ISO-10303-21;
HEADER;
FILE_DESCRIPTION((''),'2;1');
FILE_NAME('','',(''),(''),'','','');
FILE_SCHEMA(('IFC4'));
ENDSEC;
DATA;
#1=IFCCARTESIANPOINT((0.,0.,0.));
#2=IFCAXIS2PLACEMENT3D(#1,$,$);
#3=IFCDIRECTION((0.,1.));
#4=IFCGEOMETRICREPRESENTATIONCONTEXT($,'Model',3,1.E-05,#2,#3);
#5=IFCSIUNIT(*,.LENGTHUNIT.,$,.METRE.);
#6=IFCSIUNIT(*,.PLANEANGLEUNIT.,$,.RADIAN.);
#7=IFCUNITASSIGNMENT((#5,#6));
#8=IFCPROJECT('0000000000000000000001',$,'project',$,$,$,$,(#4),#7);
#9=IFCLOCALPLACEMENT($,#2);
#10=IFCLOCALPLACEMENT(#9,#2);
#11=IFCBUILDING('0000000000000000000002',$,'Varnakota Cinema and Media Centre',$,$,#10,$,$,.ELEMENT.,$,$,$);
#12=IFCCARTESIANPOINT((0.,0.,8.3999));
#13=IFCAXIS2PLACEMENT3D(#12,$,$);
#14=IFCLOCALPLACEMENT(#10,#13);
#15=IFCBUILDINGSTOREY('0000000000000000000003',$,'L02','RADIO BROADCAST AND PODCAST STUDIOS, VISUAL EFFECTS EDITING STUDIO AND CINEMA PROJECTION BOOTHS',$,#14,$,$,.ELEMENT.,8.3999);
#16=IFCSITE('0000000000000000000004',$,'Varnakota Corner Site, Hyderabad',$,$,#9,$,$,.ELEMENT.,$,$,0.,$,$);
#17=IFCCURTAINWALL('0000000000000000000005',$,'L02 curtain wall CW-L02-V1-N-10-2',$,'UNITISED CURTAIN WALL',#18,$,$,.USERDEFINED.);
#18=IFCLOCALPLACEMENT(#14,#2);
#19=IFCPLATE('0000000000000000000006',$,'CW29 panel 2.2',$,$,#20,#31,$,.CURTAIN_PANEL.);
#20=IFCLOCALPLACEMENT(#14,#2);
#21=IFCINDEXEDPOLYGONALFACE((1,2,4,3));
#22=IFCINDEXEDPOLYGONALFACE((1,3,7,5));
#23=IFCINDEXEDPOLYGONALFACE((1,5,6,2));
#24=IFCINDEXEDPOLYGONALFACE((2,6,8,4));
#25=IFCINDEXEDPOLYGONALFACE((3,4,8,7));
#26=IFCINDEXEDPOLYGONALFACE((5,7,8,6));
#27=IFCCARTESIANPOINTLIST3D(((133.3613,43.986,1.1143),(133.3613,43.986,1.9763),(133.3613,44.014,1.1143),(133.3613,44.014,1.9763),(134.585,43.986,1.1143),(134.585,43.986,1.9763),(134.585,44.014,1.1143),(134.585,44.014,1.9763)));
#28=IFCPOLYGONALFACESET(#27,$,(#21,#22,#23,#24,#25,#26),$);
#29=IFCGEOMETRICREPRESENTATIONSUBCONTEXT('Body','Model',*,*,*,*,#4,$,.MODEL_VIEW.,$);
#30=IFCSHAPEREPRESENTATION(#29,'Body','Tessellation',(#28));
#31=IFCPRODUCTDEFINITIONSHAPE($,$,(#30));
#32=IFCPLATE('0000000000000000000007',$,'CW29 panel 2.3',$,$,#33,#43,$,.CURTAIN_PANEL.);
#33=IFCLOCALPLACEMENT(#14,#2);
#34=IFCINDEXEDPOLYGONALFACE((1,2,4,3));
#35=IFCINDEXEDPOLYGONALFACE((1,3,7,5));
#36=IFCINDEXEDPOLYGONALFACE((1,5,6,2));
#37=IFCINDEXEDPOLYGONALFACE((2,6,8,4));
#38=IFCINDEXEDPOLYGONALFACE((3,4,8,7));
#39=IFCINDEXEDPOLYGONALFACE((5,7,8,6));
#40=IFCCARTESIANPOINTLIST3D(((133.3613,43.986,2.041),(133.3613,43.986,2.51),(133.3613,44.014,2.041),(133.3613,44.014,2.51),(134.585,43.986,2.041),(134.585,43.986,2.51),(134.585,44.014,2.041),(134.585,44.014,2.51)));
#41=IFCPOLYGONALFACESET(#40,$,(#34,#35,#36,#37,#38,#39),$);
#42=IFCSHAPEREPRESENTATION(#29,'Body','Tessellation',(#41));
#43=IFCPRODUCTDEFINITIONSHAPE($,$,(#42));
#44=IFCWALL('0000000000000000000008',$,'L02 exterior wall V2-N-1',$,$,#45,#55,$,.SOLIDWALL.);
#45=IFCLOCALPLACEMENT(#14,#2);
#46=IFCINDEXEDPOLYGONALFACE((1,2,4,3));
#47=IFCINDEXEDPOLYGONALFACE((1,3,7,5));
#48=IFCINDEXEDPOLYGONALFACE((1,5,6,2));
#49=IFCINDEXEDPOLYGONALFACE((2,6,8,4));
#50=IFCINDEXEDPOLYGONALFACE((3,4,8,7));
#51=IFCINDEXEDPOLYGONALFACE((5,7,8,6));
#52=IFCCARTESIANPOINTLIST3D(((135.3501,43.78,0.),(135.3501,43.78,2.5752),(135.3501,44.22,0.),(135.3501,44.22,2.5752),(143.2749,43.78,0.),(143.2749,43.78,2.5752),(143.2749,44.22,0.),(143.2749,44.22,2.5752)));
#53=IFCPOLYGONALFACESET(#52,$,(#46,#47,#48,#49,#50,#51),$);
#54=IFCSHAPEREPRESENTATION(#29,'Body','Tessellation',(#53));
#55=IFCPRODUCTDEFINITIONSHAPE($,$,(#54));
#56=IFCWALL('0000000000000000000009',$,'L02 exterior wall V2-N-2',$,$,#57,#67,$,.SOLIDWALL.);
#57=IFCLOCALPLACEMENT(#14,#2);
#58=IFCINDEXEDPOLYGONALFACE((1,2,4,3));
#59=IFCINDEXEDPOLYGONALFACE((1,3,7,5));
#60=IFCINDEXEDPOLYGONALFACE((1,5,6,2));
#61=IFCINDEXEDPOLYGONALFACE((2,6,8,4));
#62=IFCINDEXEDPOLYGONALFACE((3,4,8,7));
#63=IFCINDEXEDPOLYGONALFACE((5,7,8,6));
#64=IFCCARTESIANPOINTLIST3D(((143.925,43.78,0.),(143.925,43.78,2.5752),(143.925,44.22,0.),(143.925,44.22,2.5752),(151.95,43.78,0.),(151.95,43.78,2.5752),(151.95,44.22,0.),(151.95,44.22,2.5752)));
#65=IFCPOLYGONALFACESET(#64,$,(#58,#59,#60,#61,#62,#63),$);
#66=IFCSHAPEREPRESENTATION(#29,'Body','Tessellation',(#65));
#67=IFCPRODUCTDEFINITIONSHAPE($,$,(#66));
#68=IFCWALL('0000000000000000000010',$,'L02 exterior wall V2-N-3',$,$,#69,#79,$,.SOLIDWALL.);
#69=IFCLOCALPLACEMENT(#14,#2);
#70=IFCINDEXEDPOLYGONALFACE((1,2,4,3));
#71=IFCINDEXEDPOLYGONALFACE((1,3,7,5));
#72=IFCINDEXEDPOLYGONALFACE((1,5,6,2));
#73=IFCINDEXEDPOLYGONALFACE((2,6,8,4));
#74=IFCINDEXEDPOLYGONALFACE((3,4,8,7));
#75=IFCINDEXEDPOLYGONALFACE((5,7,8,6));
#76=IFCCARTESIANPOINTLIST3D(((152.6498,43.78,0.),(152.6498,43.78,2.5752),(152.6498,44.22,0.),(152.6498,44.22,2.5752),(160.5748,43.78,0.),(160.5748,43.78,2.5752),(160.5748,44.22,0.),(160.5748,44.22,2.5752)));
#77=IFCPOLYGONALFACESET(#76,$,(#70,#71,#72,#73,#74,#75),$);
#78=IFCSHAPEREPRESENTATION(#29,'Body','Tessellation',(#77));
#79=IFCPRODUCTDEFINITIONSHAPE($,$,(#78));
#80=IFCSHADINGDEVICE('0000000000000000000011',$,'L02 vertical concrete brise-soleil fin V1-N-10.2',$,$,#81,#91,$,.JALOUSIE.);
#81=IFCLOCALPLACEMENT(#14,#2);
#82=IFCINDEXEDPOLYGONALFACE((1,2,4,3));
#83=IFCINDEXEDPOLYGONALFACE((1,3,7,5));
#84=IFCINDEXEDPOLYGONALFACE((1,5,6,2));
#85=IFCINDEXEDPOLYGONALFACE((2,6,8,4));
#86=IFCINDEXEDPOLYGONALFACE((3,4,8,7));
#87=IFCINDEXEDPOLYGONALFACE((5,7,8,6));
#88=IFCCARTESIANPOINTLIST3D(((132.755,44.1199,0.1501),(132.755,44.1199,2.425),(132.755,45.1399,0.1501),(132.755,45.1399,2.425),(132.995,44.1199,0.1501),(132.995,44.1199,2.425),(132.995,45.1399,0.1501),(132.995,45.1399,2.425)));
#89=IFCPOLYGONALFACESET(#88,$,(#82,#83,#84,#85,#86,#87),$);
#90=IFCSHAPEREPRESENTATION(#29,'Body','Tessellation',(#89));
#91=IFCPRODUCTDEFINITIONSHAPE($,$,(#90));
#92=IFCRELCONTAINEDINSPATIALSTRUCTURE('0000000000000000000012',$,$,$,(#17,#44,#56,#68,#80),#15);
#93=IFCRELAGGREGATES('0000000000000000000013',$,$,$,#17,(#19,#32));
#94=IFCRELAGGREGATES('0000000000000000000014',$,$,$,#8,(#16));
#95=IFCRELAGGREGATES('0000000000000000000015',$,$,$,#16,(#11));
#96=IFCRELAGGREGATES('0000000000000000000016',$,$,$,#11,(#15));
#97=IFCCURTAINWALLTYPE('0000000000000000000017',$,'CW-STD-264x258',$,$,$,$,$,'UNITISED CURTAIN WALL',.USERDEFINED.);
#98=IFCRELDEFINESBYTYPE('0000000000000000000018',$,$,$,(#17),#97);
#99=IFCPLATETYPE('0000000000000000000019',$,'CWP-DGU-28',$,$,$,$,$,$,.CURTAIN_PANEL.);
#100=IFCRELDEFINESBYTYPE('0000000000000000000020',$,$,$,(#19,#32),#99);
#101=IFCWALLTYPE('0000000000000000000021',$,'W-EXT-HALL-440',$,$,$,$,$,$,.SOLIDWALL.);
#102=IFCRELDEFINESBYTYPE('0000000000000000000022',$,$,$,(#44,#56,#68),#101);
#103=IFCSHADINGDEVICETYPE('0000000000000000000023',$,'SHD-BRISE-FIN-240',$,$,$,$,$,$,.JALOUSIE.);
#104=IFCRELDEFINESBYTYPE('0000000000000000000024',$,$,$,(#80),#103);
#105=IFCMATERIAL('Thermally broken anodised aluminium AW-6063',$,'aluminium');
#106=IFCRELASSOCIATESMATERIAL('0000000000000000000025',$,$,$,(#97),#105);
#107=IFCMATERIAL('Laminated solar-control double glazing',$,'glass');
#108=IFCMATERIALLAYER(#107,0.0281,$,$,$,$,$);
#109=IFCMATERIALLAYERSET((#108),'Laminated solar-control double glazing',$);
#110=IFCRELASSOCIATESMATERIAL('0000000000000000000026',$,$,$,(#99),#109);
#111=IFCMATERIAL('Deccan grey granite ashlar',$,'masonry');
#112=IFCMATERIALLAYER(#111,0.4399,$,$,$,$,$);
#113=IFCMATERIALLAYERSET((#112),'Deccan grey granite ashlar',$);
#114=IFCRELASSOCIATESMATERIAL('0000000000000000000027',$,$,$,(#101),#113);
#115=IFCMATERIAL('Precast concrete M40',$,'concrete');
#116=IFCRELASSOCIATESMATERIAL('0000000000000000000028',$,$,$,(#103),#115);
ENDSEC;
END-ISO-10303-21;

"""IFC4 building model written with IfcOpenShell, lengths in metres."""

from ifc_helpers import new_model, si_unit, direction, frame, frame_2d, origin, origin_2d, place, context, subcontext, project, spatial, rectangle, extrude, material, layer, layer_set, type_object, element, aggregate, save


model = new_model("IFC4")

# Units and contexts
model_context = context("Model", 3, precision=1e-05, world=origin(), true_north=direction((0.0, 1.0)))
body_context = subcontext(model_context, "Body", "Model", "MODEL_VIEW")
ifc_project = project(units=[si_unit("LENGTHUNIT", "METRE"), si_unit("PLANEANGLEUNIT", "RADIAN")], contexts=[model_context])

# Site, building, storey
site_placement = place(None, origin())
site = spatial("IfcSite", under=ifc_project, at=site_placement, Name="Varnakota Corner Site, Hyderabad", CompositionType="ELEMENT", RefElevation=0.0)
building_placement = place(site_placement, origin())
building = spatial("IfcBuilding", under=site, at=building_placement, Name="Varnakota Cinema and Media Centre", CompositionType="ELEMENT")
storey_placement = place(building_placement, frame((0.0, 0.0, 8.3999)))
storey = spatial("IfcBuildingStorey", under=building, at=storey_placement, Name="L02", Description="RADIO BROADCAST AND PODCAST STUDIOS, VISUAL EFFECTS EDITING STUDIO AND CINEMA PROJECTION BOOTHS", CompositionType="ELEMENT", Elevation=8.3999)

# Curtain wall, plates
ifc_material_1 = material(Name="Thermally broken anodised aluminium AW-6063", Category="aluminium")
curtain_wall_type = type_object("IfcCurtainWallType", Name="CW-STD-264x258", ElementType="UNITISED CURTAIN WALL", PredefinedType="USERDEFINED", material=ifc_material_1)
curtain_wall_placement = place(storey_placement, origin())
curtain_wall = element("IfcCurtainWall", 1, at=curtain_wall_placement, inside=storey, type_object=curtain_wall_type, Name="L02 curtain wall CW-L02-V1-N-10-2", ObjectType="UNITISED CURTAIN WALL", PredefinedType="USERDEFINED")
ifc_material_2 = material(Name="Laminated solar-control double glazing", Category="glass")
ifc_layer_1 = layer(ifc_material_2, 0.0281)
ifc_layer_set_1 = layer_set([ifc_layer_1], Name="Laminated solar-control double glazing")
plate_type = type_object("IfcPlateType", Name="CWP-DGU-28", PredefinedType="CURTAIN_PANEL", material=ifc_layer_set_1)
plate_1_placement = place(storey_placement, frame((133.9731, 44.0, 1.1143), z_axis=(0.0, 0.0, 1.0), x_axis=(1.0, 0.0, 0.0)))
plate_1 = element("IfcPlate", 2, at=plate_1_placement, type_object=plate_type, Name="CW29 panel 2.2", PredefinedType="CURTAIN_PANEL", context=body_context, shape_type="SweptSolid", body=[
    extrude(rectangle(XDim=1.2236, YDim=0.0281, at=origin_2d()), origin(), (0.0, 0.0, 1.0), 0.8621),
])
plate_2_placement = place(storey_placement, frame((133.9731, 44.0, 2.041), z_axis=(0.0, 0.0, 1.0), x_axis=(1.0, 0.0, 0.0)))
plate_2 = element("IfcPlate", 3, at=plate_2_placement, type_object=plate_type, Name="CW29 panel 2.3", PredefinedType="CURTAIN_PANEL", context=body_context, shape_type="SweptSolid", body=[
    extrude(rectangle(XDim=1.2236, YDim=0.0281, at=origin_2d()), origin(), (0.0, 0.0, 1.0), 0.469),
])
aggregate(curtain_wall, [plate_1, plate_2])

# Walls
ifc_material_3 = material(Name="Deccan grey granite ashlar", Category="masonry")
ifc_layer_2 = layer(ifc_material_3, 0.4399)
ifc_layer_set_2 = layer_set([ifc_layer_2], Name="Deccan grey granite ashlar")
wall_type = type_object("IfcWallType", Name="W-EXT-HALL-440", PredefinedType="SOLIDWALL", material=ifc_layer_set_2)
wall_1_placement = place(storey_placement, frame((135.3501, 44.0, 0.0), z_axis=(0.0, 0.0, 1.0), x_axis=(1.0, 0.0, 0.0)))
element("IfcWall", 4, at=wall_1_placement, inside=storey, type_object=wall_type, Name="L02 exterior wall V2-N-1", PredefinedType="SOLIDWALL", context=body_context, shape_type="SweptSolid", body=[
    extrude(rectangle(XDim=7.9248, YDim=0.4399, at=frame_2d((3.9624, 0.0))), origin(), (0.0, 0.0, 1.0), 2.5752),
])
wall_2_placement = place(storey_placement, frame((143.925, 44.0, 0.0), z_axis=(0.0, 0.0, 1.0), x_axis=(1.0, 0.0, 0.0)))
element("IfcWall", 5, at=wall_2_placement, inside=storey, type_object=wall_type, Name="L02 exterior wall V2-N-2", PredefinedType="SOLIDWALL", context=body_context, shape_type="SweptSolid", body=[
    extrude(rectangle(XDim=8.0249, YDim=0.4399, at=frame_2d((4.0125, 0.0))), origin(), (0.0, 0.0, 1.0), 2.5752),
])
wall_3_placement = place(storey_placement, frame((152.6499, 44.0, 0.0), z_axis=(0.0, 0.0, 1.0), x_axis=(1.0, 0.0, 0.0)))
element("IfcWall", 6, at=wall_3_placement, inside=storey, type_object=wall_type, Name="L02 exterior wall V2-N-3", PredefinedType="SOLIDWALL", context=body_context, shape_type="SweptSolid", body=[
    extrude(rectangle(XDim=7.925, YDim=0.4399, at=frame_2d((3.9624, 0.0))), origin(), (0.0, 0.0, 1.0), 2.5752),
])

# Shading device
ifc_material_4 = material(Name="Precast concrete M40", Category="concrete")
shading_device_type = type_object("IfcShadingDeviceType", Name="SHD-BRISE-FIN-240", PredefinedType="JALOUSIE", material=ifc_material_4)
shading_device_placement = place(storey_placement, frame((132.875, 44.6299, 0.1501), z_axis=(0.0, 0.0, 1.0), x_axis=(1.0, 0.0, 0.0)))
element("IfcShadingDevice", 7, at=shading_device_placement, inside=storey, type_object=shading_device_type, Name="L02 vertical concrete brise-soleil fin V1-N-10.2", PredefinedType="JALOUSIE", context=body_context, shape_type="SweptSolid", body=[
    extrude(rectangle(XDim=0.24, YDim=1.02, at=origin_2d()), origin(), (0.0, 0.0, 1.0), 2.2749),
])

save(model, "model.ifc")
